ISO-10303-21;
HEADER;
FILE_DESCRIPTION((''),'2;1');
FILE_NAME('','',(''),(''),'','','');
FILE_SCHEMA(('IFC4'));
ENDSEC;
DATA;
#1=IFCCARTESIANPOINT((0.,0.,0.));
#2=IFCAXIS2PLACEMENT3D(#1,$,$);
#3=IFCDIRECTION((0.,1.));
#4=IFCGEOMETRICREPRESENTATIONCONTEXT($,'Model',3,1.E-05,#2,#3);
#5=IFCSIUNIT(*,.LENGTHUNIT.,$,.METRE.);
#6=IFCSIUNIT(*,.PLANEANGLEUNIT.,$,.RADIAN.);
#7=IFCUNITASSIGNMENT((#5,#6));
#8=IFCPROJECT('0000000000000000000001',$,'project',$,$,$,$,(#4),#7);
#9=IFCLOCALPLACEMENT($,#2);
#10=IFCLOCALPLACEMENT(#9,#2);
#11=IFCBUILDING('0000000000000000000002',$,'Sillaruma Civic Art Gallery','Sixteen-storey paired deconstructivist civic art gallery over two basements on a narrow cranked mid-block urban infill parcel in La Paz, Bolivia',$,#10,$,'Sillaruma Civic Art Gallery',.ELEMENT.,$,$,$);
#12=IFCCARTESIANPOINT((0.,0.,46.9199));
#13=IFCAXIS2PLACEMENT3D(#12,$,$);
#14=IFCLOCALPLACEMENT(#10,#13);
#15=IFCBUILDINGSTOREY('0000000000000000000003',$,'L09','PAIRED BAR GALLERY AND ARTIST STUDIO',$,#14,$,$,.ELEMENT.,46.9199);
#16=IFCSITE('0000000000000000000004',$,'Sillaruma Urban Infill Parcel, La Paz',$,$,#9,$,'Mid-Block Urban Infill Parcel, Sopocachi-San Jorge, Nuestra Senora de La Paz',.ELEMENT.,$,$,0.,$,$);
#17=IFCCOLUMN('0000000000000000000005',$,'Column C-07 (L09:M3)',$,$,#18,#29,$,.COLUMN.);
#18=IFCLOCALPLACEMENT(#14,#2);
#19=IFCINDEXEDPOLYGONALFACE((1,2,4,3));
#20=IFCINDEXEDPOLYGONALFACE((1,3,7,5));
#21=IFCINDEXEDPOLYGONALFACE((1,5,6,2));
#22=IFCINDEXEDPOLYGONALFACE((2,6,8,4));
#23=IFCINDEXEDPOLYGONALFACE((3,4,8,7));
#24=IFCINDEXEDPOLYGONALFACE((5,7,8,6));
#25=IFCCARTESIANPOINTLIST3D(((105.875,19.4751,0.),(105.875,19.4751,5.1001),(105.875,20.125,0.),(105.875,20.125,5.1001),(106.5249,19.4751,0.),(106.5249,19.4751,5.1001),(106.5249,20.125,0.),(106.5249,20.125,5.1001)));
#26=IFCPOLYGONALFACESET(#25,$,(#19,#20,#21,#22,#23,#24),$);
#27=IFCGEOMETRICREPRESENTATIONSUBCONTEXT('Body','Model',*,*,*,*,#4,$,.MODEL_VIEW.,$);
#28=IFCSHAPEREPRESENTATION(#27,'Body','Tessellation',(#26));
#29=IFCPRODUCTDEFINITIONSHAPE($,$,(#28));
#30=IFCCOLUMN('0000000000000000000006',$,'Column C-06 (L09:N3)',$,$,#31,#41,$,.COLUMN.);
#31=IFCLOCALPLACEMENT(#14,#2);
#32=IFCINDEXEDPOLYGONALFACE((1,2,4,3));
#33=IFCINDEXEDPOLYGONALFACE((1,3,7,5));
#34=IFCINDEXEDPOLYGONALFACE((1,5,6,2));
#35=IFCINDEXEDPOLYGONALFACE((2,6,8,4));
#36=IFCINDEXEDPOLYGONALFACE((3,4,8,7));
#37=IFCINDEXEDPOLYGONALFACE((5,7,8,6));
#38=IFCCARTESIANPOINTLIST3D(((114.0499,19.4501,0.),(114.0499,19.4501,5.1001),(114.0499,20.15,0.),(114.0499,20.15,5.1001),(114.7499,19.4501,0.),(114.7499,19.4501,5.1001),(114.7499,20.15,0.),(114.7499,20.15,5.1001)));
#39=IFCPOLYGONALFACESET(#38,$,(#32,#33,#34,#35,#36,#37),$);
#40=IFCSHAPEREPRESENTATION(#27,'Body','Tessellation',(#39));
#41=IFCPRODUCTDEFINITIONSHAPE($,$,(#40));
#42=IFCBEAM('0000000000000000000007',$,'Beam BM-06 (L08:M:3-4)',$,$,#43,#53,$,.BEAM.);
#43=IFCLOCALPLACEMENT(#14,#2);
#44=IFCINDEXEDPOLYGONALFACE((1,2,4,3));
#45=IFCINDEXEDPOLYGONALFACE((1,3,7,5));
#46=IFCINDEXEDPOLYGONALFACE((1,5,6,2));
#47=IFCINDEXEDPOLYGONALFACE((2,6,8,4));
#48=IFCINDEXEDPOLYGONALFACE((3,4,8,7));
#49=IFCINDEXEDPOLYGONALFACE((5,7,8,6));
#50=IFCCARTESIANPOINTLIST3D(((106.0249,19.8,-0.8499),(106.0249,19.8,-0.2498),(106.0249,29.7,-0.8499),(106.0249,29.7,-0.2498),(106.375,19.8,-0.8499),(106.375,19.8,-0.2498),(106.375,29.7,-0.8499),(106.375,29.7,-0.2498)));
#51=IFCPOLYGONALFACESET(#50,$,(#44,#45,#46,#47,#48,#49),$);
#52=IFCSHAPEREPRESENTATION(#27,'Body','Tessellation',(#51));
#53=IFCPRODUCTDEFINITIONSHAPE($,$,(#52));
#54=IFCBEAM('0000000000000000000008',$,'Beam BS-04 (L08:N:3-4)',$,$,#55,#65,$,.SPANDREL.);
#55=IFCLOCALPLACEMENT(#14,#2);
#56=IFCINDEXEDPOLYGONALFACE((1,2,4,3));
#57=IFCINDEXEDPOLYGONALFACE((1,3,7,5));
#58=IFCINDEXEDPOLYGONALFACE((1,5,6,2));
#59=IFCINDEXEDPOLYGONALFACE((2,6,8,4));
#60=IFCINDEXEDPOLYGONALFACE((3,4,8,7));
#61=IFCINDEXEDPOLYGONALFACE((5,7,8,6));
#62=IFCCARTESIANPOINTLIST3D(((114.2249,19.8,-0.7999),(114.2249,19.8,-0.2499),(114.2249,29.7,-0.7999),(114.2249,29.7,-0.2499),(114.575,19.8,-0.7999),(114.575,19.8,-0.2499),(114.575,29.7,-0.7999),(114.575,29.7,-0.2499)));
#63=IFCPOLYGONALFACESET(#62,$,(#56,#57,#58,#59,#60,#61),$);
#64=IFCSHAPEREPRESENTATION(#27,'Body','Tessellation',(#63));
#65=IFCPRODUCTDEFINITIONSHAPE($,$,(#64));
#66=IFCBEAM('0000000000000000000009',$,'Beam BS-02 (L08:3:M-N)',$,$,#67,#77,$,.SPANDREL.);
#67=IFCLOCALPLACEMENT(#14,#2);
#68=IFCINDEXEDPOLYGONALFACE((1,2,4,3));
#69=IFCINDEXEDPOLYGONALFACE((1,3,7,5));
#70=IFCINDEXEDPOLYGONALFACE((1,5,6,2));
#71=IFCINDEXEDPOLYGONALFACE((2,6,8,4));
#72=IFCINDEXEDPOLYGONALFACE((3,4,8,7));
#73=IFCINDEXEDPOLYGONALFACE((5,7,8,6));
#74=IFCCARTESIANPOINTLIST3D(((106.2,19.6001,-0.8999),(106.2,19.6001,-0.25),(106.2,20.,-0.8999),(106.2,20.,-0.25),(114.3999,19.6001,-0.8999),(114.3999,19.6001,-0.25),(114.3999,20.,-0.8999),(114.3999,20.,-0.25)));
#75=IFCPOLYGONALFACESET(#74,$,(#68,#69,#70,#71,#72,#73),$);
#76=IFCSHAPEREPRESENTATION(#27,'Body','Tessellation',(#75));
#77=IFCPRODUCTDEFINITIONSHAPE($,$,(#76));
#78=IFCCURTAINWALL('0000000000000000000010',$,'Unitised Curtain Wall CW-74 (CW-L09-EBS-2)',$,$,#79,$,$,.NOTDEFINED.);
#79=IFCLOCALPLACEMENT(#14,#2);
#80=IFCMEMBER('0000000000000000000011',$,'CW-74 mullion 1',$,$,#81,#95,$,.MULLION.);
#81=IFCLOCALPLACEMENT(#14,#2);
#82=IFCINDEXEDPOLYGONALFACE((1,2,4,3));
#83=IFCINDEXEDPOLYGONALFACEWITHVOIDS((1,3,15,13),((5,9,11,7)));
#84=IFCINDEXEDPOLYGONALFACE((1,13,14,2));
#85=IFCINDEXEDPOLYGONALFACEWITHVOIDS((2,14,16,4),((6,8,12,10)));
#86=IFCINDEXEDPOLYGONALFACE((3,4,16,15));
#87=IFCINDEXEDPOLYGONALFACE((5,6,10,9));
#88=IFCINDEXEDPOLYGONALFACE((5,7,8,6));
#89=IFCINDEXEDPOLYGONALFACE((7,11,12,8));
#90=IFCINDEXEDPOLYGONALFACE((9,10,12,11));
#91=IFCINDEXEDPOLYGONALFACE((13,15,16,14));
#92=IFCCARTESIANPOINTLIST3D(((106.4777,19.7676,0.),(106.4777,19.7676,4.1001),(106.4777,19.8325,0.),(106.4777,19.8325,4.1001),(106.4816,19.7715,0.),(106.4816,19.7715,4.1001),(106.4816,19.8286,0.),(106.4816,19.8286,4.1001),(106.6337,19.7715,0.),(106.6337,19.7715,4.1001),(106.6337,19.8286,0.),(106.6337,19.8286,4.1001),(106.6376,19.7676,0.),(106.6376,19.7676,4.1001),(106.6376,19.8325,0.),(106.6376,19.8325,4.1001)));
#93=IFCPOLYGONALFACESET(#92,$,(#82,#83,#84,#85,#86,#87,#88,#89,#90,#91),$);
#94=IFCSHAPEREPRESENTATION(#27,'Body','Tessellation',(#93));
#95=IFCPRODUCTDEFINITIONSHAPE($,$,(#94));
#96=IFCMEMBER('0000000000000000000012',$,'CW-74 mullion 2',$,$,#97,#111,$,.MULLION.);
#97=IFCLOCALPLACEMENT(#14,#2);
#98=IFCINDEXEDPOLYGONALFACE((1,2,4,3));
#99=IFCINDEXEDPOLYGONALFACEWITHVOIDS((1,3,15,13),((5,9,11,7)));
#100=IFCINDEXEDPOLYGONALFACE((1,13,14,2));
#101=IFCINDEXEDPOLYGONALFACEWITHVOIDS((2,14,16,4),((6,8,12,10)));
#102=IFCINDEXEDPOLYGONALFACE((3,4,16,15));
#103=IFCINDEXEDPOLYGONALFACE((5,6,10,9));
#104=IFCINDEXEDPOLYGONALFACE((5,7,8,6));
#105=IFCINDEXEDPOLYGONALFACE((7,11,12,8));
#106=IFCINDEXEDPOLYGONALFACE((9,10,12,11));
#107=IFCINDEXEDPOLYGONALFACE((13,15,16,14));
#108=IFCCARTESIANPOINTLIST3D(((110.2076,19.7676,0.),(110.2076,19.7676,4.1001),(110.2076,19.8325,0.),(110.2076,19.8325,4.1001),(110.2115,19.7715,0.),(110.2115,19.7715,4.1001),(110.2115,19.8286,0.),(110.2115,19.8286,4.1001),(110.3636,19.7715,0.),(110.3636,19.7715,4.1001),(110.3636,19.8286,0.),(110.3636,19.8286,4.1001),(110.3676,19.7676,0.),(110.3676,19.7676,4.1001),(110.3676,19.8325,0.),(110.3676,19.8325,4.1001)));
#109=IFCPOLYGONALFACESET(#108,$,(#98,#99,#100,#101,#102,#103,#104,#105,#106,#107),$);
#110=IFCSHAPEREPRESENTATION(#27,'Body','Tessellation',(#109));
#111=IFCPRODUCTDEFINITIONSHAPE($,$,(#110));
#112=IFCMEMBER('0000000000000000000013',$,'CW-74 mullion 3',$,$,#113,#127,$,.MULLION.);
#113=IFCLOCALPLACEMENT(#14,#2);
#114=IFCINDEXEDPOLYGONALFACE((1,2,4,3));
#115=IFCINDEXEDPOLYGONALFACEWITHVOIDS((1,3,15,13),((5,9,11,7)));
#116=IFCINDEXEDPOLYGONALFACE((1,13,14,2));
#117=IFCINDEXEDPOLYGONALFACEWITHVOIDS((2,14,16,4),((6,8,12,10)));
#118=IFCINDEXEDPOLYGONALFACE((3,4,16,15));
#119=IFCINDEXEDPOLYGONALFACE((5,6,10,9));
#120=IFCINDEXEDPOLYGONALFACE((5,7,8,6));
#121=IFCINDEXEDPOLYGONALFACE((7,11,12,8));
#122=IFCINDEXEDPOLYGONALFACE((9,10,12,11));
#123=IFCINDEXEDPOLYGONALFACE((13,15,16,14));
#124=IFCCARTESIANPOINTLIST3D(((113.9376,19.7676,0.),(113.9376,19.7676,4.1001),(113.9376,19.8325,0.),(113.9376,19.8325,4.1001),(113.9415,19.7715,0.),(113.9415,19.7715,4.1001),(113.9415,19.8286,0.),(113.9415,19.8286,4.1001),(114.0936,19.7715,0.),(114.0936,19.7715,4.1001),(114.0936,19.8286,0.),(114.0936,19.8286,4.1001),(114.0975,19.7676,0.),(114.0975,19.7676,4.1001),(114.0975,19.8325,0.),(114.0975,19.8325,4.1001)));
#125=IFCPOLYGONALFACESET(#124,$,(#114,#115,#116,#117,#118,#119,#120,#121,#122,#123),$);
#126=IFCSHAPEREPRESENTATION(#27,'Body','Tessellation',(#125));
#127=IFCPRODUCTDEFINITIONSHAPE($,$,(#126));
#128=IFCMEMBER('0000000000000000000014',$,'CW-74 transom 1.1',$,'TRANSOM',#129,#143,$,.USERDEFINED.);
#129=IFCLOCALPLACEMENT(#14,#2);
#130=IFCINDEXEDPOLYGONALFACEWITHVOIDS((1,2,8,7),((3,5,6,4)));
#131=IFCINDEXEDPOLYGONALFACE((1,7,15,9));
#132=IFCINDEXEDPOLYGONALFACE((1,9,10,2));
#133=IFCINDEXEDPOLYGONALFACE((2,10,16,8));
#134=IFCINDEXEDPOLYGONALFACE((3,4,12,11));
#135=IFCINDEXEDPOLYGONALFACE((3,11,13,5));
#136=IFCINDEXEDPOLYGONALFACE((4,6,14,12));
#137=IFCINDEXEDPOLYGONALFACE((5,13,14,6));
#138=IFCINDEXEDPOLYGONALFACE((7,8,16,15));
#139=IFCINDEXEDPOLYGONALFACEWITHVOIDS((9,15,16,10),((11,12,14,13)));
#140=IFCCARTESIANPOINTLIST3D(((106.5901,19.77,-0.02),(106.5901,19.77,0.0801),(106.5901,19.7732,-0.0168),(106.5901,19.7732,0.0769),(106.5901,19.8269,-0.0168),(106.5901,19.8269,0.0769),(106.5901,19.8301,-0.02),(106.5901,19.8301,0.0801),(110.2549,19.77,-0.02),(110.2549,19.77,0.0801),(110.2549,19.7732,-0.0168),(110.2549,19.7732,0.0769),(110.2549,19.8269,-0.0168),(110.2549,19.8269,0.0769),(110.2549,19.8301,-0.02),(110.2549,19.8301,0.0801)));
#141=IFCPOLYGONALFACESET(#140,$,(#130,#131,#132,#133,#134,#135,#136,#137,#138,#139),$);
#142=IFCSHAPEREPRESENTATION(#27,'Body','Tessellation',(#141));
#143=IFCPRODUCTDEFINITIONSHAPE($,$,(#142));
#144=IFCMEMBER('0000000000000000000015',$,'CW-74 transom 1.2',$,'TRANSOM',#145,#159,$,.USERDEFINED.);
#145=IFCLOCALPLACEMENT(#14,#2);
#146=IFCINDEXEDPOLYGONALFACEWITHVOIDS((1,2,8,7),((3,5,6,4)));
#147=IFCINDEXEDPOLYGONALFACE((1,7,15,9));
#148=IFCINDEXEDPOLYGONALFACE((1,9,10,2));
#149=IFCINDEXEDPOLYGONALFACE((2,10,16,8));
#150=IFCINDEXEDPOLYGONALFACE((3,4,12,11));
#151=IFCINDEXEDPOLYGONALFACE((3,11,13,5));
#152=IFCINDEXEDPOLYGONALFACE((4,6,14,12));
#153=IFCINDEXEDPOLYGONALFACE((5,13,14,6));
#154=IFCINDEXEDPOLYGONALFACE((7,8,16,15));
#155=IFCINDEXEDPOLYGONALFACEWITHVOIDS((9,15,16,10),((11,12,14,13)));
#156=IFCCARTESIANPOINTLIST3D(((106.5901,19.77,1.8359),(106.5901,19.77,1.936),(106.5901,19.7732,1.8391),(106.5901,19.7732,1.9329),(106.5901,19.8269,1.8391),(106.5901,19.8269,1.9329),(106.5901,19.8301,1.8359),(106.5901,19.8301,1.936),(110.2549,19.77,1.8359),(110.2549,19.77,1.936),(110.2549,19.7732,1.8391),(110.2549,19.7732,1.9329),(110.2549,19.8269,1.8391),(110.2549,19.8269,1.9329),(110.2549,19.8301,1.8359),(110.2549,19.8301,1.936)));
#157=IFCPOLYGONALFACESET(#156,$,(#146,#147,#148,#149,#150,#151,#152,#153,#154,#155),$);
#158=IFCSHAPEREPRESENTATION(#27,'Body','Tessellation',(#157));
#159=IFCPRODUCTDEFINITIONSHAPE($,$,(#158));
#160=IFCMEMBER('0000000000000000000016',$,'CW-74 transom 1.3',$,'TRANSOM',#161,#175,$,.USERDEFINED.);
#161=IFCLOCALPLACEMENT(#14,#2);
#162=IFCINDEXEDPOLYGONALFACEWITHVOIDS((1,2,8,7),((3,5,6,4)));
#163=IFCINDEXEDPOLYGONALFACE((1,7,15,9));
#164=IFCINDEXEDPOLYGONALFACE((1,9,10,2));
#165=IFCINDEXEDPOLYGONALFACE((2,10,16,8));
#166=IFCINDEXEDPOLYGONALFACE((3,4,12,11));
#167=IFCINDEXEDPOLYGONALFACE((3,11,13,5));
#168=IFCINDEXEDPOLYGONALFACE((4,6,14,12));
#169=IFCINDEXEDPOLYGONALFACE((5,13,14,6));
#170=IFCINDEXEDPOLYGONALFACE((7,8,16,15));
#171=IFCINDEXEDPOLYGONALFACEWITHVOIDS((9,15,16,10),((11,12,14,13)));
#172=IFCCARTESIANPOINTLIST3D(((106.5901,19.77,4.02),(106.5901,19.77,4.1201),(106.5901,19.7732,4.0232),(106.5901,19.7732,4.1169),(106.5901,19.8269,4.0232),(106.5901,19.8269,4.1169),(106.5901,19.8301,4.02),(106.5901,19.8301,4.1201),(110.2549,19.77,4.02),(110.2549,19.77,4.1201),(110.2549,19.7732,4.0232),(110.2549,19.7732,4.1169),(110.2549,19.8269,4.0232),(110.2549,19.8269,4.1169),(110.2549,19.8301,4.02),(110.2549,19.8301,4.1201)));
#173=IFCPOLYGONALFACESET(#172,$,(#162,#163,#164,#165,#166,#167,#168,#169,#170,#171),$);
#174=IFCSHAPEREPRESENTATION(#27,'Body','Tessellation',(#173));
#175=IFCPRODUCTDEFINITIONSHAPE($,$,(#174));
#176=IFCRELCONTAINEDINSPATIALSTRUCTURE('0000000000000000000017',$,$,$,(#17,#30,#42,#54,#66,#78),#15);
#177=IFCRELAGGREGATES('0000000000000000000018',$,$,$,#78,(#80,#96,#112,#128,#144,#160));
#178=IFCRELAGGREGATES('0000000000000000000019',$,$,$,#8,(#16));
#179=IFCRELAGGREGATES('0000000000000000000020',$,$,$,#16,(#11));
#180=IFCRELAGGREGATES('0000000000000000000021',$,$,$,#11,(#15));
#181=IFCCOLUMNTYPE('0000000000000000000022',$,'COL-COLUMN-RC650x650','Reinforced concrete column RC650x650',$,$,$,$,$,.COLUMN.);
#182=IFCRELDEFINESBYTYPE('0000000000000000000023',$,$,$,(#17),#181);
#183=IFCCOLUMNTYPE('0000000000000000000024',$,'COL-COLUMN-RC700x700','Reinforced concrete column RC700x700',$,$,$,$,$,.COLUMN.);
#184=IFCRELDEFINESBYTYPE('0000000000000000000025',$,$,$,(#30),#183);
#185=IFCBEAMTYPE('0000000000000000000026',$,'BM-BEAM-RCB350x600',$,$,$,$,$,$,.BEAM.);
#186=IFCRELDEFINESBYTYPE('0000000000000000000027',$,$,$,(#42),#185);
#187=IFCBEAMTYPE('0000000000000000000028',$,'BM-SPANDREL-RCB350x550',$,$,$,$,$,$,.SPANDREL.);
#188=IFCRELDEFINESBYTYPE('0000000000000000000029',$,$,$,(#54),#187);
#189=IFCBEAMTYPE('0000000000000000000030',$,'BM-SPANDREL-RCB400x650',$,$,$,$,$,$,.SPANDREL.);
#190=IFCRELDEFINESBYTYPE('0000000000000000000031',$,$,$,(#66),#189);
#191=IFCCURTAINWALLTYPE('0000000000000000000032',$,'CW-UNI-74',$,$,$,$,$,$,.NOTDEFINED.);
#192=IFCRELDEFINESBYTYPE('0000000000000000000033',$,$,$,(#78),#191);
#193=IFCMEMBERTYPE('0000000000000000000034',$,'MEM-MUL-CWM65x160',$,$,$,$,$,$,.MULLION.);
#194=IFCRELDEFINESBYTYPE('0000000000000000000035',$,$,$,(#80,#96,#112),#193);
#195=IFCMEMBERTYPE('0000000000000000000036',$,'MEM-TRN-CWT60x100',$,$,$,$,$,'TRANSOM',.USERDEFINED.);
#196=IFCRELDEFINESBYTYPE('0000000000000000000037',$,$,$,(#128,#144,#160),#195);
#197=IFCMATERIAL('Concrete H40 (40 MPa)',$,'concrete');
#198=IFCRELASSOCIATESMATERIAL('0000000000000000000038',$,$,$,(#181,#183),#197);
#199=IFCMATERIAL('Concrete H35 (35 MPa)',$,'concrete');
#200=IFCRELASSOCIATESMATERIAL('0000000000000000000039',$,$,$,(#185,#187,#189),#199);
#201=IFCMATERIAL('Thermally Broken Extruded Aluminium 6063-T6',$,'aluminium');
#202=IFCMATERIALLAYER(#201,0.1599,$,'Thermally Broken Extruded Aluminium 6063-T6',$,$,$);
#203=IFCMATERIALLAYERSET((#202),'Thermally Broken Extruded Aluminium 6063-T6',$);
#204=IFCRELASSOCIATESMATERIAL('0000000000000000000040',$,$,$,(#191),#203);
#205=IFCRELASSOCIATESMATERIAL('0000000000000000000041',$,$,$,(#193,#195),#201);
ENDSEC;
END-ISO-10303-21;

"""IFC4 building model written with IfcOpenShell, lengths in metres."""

from ifc_helpers import new_model, si_unit, direction, frame, origin, origin_2d, place, context, subcontext, project, spatial, rectangle, hollow_rectangle, extrude, material, layer, layer_set, material_profile, profile_set, type_object, element, aggregate, save


model = new_model("IFC4")

# Units and contexts
model_context = context("Model", 3, precision=1e-05, world=origin(), true_north=direction((0.0, 1.0)))
body_context = subcontext(model_context, "Body", "Model", "MODEL_VIEW")
ifc_project = project(units=[si_unit("LENGTHUNIT", "METRE"), si_unit("PLANEANGLEUNIT", "RADIAN")], contexts=[model_context])

# Site, building, storey
site_placement = place(None, origin())
site = spatial("IfcSite", under=ifc_project, at=site_placement, Name="Sillaruma Urban Infill Parcel, La Paz", LongName="Mid-Block Urban Infill Parcel, Sopocachi-San Jorge, Nuestra Senora de La Paz", CompositionType="ELEMENT", RefElevation=0.0)
building_placement = place(site_placement, origin())
building = spatial("IfcBuilding", under=site, at=building_placement, Name="Sillaruma Civic Art Gallery", Description="Sixteen-storey paired deconstructivist civic art gallery over two basements on a narrow cranked mid-block urban infill parcel in La Paz, Bolivia", LongName="Sillaruma Civic Art Gallery", CompositionType="ELEMENT")
storey_placement = place(building_placement, frame((0.0, 0.0, 46.9199)))
storey = spatial("IfcBuildingStorey", under=building, at=storey_placement, Name="L09", Description="PAIRED BAR GALLERY AND ARTIST STUDIO", CompositionType="ELEMENT", Elevation=46.9199)

# Columns
ifc_material_1 = material(Name="Concrete H40 (40 MPa)", Category="concrete")
ifc_material_profile_1 = material_profile(ifc_material_1, rectangle(XDim=0.6499, YDim=0.6499, at=origin_2d()), Name="RC650x650")
ifc_profile_set_1 = profile_set([ifc_material_profile_1], Name="Concrete H40 (40 MPa)")
column_type_1 = type_object("IfcColumnType", Name="COL-COLUMN-RC650x650", Description="Reinforced concrete column RC650x650", PredefinedType="COLUMN", material=ifc_profile_set_1)
column_1_placement = place(storey_placement, frame((106.2, 19.8, 0.0), z_axis=(0.0, 0.0, 1.0), x_axis=(1.0, 0.0, 0.0)))
element("IfcColumn", 1, at=column_1_placement, inside=storey, type_object=column_type_1, Name="Column C-07 (L09:M3)", PredefinedType="COLUMN", context=body_context, shape_type="SweptSolid", body=[
    extrude(rectangle(XDim=0.6499, YDim=0.6499, at=origin_2d()), origin(), (0.0, 0.0, 1.0), 5.1001),
])
ifc_material_profile_2 = material_profile(ifc_material_1, rectangle(XDim=0.7, YDim=0.7, at=origin_2d()), Name="RC700x700")
ifc_profile_set_2 = profile_set([ifc_material_profile_2], Name="Concrete H40 (40 MPa)")
column_type_2 = type_object("IfcColumnType", Name="COL-COLUMN-RC700x700", Description="Reinforced concrete column RC700x700", PredefinedType="COLUMN", material=ifc_profile_set_2)
column_2_placement = place(storey_placement, frame((114.3999, 19.8, 0.0), z_axis=(0.0, 0.0, 1.0), x_axis=(1.0, 0.0, 0.0)))
element("IfcColumn", 2, at=column_2_placement, inside=storey, type_object=column_type_2, Name="Column C-06 (L09:N3)", PredefinedType="COLUMN", context=body_context, shape_type="SweptSolid", body=[
    extrude(rectangle(XDim=0.7, YDim=0.7, at=origin_2d()), origin(), (0.0, 0.0, 1.0), 5.1001),
])

# Beams
ifc_material_2 = material(Name="Concrete H35 (35 MPa)", Category="concrete")
ifc_material_profile_3 = material_profile(ifc_material_2, rectangle(XDim=0.3501, YDim=0.6001, at=origin_2d()), Name="RCB350x600")
ifc_profile_set_3 = profile_set([ifc_material_profile_3], Name="Concrete H35 (35 MPa)")
beam_type_1 = type_object("IfcBeamType", Name="BM-BEAM-RCB350x600", PredefinedType="BEAM", material=ifc_profile_set_3)
beam_1_placement = place(storey_placement, frame((106.2, 19.8, -0.5498), z_axis=(0.0, 1.0, 0.0), x_axis=(-1.0, 0.0, 0.0)))
element("IfcBeam", 3, at=beam_1_placement, inside=storey, type_object=beam_type_1, Name="Beam BM-06 (L08:M:3-4)", PredefinedType="BEAM", context=body_context, shape_type="SweptSolid", body=[
    extrude(rectangle(XDim=0.3501, YDim=0.6001, at=origin_2d()), origin(), (0.0, 0.0, 1.0), 9.8999),
])
ifc_material_profile_4 = material_profile(ifc_material_2, rectangle(XDim=0.3501, YDim=0.55, at=origin_2d()), Name="RCB350x550")
ifc_profile_set_4 = profile_set([ifc_material_profile_4], Name="Concrete H35 (35 MPa)")
beam_type_2 = type_object("IfcBeamType", Name="BM-SPANDREL-RCB350x550", PredefinedType="SPANDREL", material=ifc_profile_set_4)
beam_2_placement = place(storey_placement, frame((114.3999, 19.8, -0.5249), z_axis=(0.0, 1.0, 0.0), x_axis=(-1.0, 0.0, 0.0)))
element("IfcBeam", 4, at=beam_2_placement, inside=storey, type_object=beam_type_2, Name="Beam BS-04 (L08:N:3-4)", PredefinedType="SPANDREL", context=body_context, shape_type="SweptSolid", body=[
    extrude(rectangle(XDim=0.3501, YDim=0.55, at=origin_2d()), origin(), (0.0, 0.0, 1.0), 9.8999),
])
ifc_material_profile_5 = material_profile(ifc_material_2, rectangle(XDim=0.3999, YDim=0.6499, at=origin_2d()), Name="RCB400x650")
ifc_profile_set_5 = profile_set([ifc_material_profile_5], Name="Concrete H35 (35 MPa)")
beam_type_3 = type_object("IfcBeamType", Name="BM-SPANDREL-RCB400x650", PredefinedType="SPANDREL", material=ifc_profile_set_5)
beam_3_placement = place(storey_placement, frame((106.2, 19.8, -0.575), z_axis=(1.0, 0.0, 0.0), x_axis=(0.0, 1.0, 0.0)))
element("IfcBeam", 5, at=beam_3_placement, inside=storey, type_object=beam_type_3, Name="Beam BS-02 (L08:3:M-N)", PredefinedType="SPANDREL", context=body_context, shape_type="SweptSolid", body=[
    extrude(rectangle(XDim=0.3999, YDim=0.6499, at=origin_2d()), origin(), (0.0, 0.0, 1.0), 8.2),
])

# Curtain wall, members
ifc_material_3 = material(Name="Thermally Broken Extruded Aluminium 6063-T6", Category="aluminium")
ifc_layer_1 = layer(ifc_material_3, 0.1599, Name="Thermally Broken Extruded Aluminium 6063-T6")
ifc_layer_set_1 = layer_set([ifc_layer_1], Name="Thermally Broken Extruded Aluminium 6063-T6")
curtain_wall_type = type_object("IfcCurtainWallType", Name="CW-UNI-74", PredefinedType="NOTDEFINED", material=ifc_layer_set_1)
curtain_wall_placement = place(storey_placement, origin())
curtain_wall = element("IfcCurtainWall", 6, at=curtain_wall_placement, inside=storey, type_object=curtain_wall_type, Name="Unitised Curtain Wall CW-74 (CW-L09-EBS-2)", PredefinedType="NOTDEFINED")
ifc_material_profile_6 = material_profile(ifc_material_3, hollow_rectangle(XDim=0.0649, YDim=0.1599, WallThickness=0.0039, at=origin_2d()), Name="CWM65x160")
ifc_profile_set_6 = profile_set([ifc_material_profile_6], Name="Thermally Broken Extruded Aluminium 6063-T6")
member_type_1 = type_object("IfcMemberType", Name="MEM-MUL-CWM65x160", PredefinedType="MULLION", material=ifc_profile_set_6)
member_1_placement = place(storey_placement, frame((106.5576, 19.8, 0.0), z_axis=(0.0, 0.0, 1.0), x_axis=(0.0, 1.0, 0.0)))
member_1 = element("IfcMember", 7, at=member_1_placement, type_object=member_type_1, Name="CW-74 mullion 1", PredefinedType="MULLION", context=body_context, shape_type="SweptSolid", body=[
    extrude(hollow_rectangle(XDim=0.0649, YDim=0.1599, WallThickness=0.0039, at=origin_2d()), origin(), (0.0, 0.0, 1.0), 4.1001),
])
member_2_placement = place(storey_placement, frame((110.2876, 19.8, 0.0), z_axis=(0.0, 0.0, 1.0), x_axis=(0.0, 1.0, 0.0)))
member_2 = element("IfcMember", 8, at=member_2_placement, type_object=member_type_1, Name="CW-74 mullion 2", PredefinedType="MULLION", context=body_context, shape_type="SweptSolid", body=[
    extrude(hollow_rectangle(XDim=0.0649, YDim=0.1599, WallThickness=0.0039, at=origin_2d()), origin(), (0.0, 0.0, 1.0), 4.1001),
])
member_3_placement = place(storey_placement, frame((114.0176, 19.8, 0.0), z_axis=(0.0, 0.0, 1.0), x_axis=(0.0, 1.0, 0.0)))
member_3 = element("IfcMember", 9, at=member_3_placement, type_object=member_type_1, Name="CW-74 mullion 3", PredefinedType="MULLION", context=body_context, shape_type="SweptSolid", body=[
    extrude(hollow_rectangle(XDim=0.0649, YDim=0.1599, WallThickness=0.0039, at=origin_2d()), origin(), (0.0, 0.0, 1.0), 4.1001),
])
ifc_material_profile_7 = material_profile(ifc_material_3, hollow_rectangle(XDim=0.0601, YDim=0.1001, WallThickness=0.0032, at=origin_2d()), Name="CWT60x100")
ifc_profile_set_7 = profile_set([ifc_material_profile_7], Name="Thermally Broken Extruded Aluminium 6063-T6")
member_type_2 = type_object("IfcMemberType", Name="MEM-TRN-CWT60x100", ElementType="TRANSOM", PredefinedType="USERDEFINED", material=ifc_profile_set_7)
member_4_placement = place(storey_placement, frame((106.5901, 19.8, 0.03), z_axis=(1.0, 0.0, 0.0), x_axis=(0.0, 1.0, 0.0)))
member_4 = element("IfcMember", 10, at=member_4_placement, type_object=member_type_2, Name="CW-74 transom 1.1", ObjectType="TRANSOM", PredefinedType="USERDEFINED", context=body_context, shape_type="SweptSolid", body=[
    extrude(hollow_rectangle(XDim=0.0601, YDim=0.1001, WallThickness=0.0032, at=origin_2d()), origin(), (0.0, 0.0, 1.0), 3.6648),
])
member_5_placement = place(storey_placement, frame((106.5901, 19.8, 1.886), z_axis=(1.0, 0.0, 0.0), x_axis=(0.0, 1.0, 0.0)))
member_5 = element("IfcMember", 11, at=member_5_placement, type_object=member_type_2, Name="CW-74 transom 1.2", ObjectType="TRANSOM", PredefinedType="USERDEFINED", context=body_context, shape_type="SweptSolid", body=[
    extrude(hollow_rectangle(XDim=0.0601, YDim=0.1001, WallThickness=0.0032, at=origin_2d()), origin(), (0.0, 0.0, 1.0), 3.6648),
])
member_6_placement = place(storey_placement, frame((106.5901, 19.8, 4.0701), z_axis=(1.0, 0.0, 0.0), x_axis=(0.0, 1.0, 0.0)))
member_6 = element("IfcMember", 12, at=member_6_placement, type_object=member_type_2, Name="CW-74 transom 1.3", ObjectType="TRANSOM", PredefinedType="USERDEFINED", context=body_context, shape_type="SweptSolid", body=[
    extrude(hollow_rectangle(XDim=0.0601, YDim=0.1001, WallThickness=0.0032, at=origin_2d()), origin(), (0.0, 0.0, 1.0), 3.6648),
])
aggregate(curtain_wall, [member_1, member_2, member_3, member_4, member_5, member_6])

save(model, "model.ifc")
